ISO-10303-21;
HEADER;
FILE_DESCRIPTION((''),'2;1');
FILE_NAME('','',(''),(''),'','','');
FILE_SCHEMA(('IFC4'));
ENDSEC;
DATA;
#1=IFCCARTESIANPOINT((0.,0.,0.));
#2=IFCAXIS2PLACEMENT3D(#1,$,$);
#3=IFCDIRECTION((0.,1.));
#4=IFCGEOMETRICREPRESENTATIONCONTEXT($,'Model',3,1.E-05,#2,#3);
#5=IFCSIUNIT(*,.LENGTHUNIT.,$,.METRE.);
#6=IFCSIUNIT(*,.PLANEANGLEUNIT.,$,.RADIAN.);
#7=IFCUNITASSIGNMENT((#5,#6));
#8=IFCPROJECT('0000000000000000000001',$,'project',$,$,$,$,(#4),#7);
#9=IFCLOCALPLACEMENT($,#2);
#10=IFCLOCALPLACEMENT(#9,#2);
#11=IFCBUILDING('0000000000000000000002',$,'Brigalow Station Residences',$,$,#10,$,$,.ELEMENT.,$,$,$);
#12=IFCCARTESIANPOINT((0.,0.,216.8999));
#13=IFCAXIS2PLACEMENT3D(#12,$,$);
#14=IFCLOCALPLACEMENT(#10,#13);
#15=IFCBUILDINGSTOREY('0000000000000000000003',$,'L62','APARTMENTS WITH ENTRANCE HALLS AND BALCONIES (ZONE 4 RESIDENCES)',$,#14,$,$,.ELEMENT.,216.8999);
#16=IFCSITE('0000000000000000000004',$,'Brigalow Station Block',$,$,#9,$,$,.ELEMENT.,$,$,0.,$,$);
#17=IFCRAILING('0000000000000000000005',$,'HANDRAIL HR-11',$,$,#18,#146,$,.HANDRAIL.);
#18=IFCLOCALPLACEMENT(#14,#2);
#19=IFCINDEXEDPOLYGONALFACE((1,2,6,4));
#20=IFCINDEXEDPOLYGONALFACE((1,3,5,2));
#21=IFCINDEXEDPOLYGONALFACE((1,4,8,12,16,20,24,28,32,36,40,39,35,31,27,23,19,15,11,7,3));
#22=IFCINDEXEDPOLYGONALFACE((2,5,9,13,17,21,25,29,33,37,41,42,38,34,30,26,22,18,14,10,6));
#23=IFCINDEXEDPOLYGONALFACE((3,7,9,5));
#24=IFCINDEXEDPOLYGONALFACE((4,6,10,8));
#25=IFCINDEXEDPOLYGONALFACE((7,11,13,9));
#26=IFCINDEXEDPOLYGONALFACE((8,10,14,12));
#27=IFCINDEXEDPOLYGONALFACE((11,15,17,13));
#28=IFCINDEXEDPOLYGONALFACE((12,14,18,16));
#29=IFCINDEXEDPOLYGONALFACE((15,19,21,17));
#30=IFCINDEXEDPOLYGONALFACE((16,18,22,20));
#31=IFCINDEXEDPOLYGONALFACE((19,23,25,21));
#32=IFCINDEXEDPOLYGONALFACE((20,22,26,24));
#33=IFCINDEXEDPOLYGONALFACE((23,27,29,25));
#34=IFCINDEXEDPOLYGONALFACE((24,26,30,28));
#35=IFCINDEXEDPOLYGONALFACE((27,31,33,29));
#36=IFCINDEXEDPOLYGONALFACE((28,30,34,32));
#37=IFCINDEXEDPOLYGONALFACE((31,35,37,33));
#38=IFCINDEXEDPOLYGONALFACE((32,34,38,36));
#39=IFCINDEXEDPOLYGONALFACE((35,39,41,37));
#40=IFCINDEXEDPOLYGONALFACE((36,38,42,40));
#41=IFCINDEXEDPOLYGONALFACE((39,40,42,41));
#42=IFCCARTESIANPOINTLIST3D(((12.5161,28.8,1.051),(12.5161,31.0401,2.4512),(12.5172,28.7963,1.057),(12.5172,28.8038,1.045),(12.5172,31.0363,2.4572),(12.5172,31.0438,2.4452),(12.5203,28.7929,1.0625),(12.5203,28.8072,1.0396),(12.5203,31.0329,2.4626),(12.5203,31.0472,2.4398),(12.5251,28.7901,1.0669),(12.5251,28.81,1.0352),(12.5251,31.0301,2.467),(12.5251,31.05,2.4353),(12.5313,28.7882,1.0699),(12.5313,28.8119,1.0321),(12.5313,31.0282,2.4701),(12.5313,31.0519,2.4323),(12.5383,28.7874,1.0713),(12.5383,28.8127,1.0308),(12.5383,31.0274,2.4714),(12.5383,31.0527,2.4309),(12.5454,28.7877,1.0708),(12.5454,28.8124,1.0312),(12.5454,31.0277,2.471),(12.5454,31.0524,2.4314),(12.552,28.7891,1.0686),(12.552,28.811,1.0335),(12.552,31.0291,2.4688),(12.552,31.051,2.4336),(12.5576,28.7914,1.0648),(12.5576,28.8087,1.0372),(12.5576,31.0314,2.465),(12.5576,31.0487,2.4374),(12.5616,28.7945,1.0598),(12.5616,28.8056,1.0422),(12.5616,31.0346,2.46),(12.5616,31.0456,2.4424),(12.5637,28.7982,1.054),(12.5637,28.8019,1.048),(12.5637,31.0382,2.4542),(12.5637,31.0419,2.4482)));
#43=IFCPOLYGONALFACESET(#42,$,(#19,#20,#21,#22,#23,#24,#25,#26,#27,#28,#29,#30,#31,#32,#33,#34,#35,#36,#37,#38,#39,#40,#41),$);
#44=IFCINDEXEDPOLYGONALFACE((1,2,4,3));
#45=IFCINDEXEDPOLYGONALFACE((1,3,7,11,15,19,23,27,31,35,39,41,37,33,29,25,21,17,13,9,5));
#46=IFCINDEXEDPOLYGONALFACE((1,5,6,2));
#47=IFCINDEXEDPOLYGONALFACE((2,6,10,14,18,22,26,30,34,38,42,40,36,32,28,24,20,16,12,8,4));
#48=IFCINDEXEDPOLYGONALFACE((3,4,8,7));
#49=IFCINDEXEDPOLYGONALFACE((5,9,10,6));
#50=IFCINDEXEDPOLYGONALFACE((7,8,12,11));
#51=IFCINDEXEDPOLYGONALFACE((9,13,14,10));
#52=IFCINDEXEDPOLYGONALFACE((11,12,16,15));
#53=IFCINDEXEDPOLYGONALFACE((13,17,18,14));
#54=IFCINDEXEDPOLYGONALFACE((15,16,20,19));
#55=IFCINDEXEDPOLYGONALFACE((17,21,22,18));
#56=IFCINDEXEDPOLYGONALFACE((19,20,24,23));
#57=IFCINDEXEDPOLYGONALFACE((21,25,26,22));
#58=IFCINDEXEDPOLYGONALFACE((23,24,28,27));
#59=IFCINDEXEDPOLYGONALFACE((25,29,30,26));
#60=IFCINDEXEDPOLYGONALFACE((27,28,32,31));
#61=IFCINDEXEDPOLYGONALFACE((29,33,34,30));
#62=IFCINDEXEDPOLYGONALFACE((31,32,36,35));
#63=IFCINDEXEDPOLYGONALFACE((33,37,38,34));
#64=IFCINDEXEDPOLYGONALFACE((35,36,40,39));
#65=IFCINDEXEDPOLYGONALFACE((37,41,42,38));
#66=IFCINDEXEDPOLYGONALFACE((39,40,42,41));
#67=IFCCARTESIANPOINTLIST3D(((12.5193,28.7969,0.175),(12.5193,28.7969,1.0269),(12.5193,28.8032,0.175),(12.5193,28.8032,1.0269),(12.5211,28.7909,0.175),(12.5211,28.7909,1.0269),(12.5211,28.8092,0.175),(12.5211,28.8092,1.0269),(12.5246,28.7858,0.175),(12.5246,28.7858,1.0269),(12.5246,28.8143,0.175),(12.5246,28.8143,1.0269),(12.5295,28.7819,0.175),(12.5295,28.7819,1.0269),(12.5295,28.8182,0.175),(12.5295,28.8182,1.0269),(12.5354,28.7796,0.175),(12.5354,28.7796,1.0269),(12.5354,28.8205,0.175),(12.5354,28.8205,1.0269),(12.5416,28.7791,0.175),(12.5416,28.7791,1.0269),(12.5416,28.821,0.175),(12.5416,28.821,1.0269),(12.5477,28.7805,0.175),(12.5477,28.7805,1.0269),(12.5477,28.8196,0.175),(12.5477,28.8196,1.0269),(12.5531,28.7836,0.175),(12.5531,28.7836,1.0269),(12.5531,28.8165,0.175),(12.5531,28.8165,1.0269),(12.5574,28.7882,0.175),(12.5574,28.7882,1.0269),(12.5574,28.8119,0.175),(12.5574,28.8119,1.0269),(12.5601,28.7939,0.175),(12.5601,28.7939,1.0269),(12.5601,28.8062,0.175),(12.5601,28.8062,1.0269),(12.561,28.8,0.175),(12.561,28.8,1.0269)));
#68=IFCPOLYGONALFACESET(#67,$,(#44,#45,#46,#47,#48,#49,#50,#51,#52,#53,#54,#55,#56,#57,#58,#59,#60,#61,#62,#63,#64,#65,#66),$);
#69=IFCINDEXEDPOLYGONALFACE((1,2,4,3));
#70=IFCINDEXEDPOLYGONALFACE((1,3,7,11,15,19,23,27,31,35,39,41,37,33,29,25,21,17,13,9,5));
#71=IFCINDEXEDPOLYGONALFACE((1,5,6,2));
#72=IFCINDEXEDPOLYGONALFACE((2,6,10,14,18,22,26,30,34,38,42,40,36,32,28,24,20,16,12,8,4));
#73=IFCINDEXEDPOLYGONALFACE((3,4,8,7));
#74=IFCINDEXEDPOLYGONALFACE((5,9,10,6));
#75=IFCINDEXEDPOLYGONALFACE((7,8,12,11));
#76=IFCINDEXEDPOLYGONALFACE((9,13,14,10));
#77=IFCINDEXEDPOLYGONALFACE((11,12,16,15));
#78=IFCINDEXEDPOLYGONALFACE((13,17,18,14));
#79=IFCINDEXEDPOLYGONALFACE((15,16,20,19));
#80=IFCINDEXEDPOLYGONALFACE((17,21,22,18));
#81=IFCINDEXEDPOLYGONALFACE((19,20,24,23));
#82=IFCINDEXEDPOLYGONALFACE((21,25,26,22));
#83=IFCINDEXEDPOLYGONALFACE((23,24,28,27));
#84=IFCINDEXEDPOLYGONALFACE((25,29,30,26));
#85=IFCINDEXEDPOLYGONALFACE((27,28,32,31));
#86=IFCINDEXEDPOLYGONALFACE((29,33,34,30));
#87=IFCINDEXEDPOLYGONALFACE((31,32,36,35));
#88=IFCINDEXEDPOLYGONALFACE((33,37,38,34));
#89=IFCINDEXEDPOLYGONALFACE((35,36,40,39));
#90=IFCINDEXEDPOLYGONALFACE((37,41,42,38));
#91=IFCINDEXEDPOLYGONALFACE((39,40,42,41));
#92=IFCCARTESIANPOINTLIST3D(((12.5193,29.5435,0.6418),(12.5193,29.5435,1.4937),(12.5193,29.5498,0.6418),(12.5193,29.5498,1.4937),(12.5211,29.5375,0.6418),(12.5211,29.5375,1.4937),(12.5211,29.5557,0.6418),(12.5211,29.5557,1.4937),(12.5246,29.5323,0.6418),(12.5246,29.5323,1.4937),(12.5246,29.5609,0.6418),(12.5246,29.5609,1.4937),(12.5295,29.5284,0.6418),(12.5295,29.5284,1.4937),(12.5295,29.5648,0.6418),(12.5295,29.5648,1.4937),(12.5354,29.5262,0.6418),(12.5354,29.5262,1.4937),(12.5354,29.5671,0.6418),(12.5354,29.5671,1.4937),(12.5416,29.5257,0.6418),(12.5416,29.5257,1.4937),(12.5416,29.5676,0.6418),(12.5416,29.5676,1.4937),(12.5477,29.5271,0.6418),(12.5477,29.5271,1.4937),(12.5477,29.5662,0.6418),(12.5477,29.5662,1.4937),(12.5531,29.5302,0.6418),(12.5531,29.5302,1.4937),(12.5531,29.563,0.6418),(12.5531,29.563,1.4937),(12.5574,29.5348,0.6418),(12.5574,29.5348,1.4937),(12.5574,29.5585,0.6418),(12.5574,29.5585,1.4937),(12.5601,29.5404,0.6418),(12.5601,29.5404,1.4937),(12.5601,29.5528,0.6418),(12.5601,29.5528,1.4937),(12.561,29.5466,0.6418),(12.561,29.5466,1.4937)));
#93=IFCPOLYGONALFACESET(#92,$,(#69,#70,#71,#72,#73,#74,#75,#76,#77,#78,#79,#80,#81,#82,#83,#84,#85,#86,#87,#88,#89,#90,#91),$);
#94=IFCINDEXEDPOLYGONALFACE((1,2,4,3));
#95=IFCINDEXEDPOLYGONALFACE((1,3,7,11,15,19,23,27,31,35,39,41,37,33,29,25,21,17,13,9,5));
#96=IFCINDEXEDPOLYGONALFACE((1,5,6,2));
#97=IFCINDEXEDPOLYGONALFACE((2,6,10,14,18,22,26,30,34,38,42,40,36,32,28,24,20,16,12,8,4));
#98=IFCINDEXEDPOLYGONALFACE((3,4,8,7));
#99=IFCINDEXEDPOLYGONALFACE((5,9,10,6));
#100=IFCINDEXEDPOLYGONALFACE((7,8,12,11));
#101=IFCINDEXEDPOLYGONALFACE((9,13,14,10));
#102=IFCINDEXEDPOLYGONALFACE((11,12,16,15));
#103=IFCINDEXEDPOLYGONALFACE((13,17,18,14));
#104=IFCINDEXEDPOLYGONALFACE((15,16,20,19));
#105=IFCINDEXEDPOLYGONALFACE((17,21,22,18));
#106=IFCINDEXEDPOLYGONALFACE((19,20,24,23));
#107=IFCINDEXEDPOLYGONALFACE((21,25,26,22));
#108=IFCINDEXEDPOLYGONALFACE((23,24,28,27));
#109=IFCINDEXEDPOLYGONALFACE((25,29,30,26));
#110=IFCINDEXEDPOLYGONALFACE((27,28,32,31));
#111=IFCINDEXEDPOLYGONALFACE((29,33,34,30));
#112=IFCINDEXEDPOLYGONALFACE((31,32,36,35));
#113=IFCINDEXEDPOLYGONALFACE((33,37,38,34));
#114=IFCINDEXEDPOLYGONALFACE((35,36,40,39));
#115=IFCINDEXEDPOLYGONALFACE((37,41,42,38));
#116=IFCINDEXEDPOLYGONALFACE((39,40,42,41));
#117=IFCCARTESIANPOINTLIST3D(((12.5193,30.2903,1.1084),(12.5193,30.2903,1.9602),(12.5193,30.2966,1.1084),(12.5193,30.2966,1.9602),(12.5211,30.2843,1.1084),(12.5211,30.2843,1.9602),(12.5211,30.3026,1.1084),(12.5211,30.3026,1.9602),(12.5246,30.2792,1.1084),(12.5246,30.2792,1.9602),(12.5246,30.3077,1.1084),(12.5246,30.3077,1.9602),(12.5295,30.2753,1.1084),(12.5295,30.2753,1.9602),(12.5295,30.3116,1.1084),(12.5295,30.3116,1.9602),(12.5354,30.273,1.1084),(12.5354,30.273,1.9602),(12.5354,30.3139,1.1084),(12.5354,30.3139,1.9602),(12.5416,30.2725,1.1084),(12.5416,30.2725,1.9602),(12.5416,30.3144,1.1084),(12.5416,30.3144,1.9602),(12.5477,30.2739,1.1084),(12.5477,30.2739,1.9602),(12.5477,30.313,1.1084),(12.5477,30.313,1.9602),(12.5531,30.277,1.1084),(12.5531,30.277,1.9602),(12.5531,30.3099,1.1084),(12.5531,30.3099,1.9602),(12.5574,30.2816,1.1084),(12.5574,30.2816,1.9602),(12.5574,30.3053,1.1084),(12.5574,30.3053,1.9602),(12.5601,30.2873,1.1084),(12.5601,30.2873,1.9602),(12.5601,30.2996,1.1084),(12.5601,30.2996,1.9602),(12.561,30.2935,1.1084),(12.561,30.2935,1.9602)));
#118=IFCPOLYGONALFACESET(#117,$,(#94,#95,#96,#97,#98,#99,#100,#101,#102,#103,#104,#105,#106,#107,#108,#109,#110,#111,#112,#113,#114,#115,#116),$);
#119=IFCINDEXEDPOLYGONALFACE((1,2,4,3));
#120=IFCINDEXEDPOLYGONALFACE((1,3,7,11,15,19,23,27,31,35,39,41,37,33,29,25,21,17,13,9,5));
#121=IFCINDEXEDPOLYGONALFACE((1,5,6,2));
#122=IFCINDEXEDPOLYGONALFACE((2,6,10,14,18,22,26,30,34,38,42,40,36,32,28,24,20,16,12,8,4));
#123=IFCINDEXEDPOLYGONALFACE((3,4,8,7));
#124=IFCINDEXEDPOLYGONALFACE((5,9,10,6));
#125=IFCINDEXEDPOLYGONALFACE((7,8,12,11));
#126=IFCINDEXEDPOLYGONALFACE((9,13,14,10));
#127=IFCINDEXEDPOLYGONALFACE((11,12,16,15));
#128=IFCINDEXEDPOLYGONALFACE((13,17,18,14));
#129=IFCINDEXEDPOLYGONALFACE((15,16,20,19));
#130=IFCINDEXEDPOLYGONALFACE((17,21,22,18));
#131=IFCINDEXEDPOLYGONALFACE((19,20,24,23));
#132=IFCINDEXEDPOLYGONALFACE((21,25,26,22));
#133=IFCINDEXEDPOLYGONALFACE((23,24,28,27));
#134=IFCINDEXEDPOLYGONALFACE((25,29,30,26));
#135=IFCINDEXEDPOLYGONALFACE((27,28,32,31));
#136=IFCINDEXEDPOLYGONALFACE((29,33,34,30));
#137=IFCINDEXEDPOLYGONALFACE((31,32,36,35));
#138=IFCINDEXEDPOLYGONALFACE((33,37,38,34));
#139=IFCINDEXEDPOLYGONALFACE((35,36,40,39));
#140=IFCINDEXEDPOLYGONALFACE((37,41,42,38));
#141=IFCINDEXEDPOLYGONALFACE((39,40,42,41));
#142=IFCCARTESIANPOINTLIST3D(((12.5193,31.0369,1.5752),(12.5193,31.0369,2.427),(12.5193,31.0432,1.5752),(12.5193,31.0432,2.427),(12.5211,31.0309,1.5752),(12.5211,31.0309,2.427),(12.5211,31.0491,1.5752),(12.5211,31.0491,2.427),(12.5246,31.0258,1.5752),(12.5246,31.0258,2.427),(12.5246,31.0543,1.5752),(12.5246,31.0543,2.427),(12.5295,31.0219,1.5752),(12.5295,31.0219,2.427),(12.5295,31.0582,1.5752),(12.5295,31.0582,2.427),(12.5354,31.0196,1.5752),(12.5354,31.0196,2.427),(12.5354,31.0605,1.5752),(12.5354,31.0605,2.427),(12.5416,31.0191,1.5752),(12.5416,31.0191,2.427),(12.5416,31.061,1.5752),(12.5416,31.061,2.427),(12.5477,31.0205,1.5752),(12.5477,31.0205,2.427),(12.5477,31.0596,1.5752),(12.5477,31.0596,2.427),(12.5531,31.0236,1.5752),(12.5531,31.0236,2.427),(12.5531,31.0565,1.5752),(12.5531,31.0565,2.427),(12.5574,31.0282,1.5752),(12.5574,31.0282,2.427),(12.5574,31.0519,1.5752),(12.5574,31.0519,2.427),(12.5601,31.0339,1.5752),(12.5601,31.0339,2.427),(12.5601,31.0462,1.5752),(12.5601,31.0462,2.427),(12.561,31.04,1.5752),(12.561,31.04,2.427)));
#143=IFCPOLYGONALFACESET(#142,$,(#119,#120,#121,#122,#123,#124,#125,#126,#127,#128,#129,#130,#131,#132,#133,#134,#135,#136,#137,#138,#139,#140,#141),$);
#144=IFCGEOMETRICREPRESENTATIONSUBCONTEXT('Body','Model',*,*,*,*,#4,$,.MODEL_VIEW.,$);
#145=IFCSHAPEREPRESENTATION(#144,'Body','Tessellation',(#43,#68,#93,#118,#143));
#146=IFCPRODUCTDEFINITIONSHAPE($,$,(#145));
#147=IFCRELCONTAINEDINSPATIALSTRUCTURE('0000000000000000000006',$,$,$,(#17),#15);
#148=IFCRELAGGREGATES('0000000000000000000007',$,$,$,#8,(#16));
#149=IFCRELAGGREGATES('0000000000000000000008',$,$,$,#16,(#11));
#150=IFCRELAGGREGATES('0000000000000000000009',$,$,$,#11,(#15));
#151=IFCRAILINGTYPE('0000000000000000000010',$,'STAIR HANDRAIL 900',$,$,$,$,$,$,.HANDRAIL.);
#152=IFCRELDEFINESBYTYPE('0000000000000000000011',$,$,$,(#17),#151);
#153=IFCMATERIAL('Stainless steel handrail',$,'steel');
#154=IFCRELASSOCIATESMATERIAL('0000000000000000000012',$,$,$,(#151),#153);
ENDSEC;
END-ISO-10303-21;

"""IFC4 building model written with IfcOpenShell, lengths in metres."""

from ifc_helpers import new_model, si_unit, direction, frame, origin, origin_2d, place, context, subcontext, project, spatial, circle, extrude, material, type_object, element, save


model = new_model("IFC4")

# Units and contexts
model_context = context("Model", 3, precision=1e-05, world=origin(), true_north=direction((0.0, 1.0)))
body_context = subcontext(model_context, "Body", "Model", "MODEL_VIEW")
ifc_project = project(units=[si_unit("LENGTHUNIT", "METRE"), si_unit("PLANEANGLEUNIT", "RADIAN")], contexts=[model_context])

# Site, building, storey
site_placement = place(None, origin())
site = spatial("IfcSite", under=ifc_project, at=site_placement, Name="Brigalow Station Block", CompositionType="ELEMENT", RefElevation=0.0)
building_placement = place(site_placement, origin())
building = spatial("IfcBuilding", under=site, at=building_placement, Name="Brigalow Station Residences", CompositionType="ELEMENT")
storey_placement = place(building_placement, frame((0.0, 0.0, 216.8999)))
storey = spatial("IfcBuildingStorey", under=building, at=storey_placement, Name="L62", Description="APARTMENTS WITH ENTRANCE HALLS AND BALCONIES (ZONE 4 RESIDENCES)", CompositionType="ELEMENT", Elevation=216.8999)

# Railing
ifc_material_1 = material(Name="Stainless steel handrail", Category="steel")
railing_type_1 = type_object("IfcRailingType", Name="STAIR HANDRAIL 900", PredefinedType="HANDRAIL", material=ifc_material_1)
railing_1_placement = place(storey_placement, frame((12.54, 28.8, 0.175)))
element("IfcRailing", 1, at=railing_1_placement, inside=storey, type_object=railing_type_1, Name="HANDRAIL HR-11", PredefinedType="HANDRAIL", context=body_context, shape_type="SweptSolid", body=[
    extrude(circle(Radius=0.0239, at=origin_2d()), frame((0.0, 0.0, 0.876), z_axis=(0.0, 0.847972, 0.53004), x_axis=(-1.0, 0.0, 0.0)), (0.0, 0.0, 1.0), 2.6416),
    extrude(circle(Radius=0.021, at=origin_2d()), origin(), (0.0, 0.0, 1.0), 0.8518),
    extrude(circle(Radius=0.021, at=origin_2d()), frame((0.0, 0.7466, 0.4668)), (0.0, 0.0, 1.0), 0.8518),
    extrude(circle(Radius=0.021, at=origin_2d()), frame((0.0, 1.4934, 0.9333)), (0.0, 0.0, 1.0), 0.8518),
    extrude(circle(Radius=0.021, at=origin_2d()), frame((0.0, 2.24, 1.4001)), (0.0, 0.0, 1.0), 0.8518),
])

save(model, "model.ifc")
